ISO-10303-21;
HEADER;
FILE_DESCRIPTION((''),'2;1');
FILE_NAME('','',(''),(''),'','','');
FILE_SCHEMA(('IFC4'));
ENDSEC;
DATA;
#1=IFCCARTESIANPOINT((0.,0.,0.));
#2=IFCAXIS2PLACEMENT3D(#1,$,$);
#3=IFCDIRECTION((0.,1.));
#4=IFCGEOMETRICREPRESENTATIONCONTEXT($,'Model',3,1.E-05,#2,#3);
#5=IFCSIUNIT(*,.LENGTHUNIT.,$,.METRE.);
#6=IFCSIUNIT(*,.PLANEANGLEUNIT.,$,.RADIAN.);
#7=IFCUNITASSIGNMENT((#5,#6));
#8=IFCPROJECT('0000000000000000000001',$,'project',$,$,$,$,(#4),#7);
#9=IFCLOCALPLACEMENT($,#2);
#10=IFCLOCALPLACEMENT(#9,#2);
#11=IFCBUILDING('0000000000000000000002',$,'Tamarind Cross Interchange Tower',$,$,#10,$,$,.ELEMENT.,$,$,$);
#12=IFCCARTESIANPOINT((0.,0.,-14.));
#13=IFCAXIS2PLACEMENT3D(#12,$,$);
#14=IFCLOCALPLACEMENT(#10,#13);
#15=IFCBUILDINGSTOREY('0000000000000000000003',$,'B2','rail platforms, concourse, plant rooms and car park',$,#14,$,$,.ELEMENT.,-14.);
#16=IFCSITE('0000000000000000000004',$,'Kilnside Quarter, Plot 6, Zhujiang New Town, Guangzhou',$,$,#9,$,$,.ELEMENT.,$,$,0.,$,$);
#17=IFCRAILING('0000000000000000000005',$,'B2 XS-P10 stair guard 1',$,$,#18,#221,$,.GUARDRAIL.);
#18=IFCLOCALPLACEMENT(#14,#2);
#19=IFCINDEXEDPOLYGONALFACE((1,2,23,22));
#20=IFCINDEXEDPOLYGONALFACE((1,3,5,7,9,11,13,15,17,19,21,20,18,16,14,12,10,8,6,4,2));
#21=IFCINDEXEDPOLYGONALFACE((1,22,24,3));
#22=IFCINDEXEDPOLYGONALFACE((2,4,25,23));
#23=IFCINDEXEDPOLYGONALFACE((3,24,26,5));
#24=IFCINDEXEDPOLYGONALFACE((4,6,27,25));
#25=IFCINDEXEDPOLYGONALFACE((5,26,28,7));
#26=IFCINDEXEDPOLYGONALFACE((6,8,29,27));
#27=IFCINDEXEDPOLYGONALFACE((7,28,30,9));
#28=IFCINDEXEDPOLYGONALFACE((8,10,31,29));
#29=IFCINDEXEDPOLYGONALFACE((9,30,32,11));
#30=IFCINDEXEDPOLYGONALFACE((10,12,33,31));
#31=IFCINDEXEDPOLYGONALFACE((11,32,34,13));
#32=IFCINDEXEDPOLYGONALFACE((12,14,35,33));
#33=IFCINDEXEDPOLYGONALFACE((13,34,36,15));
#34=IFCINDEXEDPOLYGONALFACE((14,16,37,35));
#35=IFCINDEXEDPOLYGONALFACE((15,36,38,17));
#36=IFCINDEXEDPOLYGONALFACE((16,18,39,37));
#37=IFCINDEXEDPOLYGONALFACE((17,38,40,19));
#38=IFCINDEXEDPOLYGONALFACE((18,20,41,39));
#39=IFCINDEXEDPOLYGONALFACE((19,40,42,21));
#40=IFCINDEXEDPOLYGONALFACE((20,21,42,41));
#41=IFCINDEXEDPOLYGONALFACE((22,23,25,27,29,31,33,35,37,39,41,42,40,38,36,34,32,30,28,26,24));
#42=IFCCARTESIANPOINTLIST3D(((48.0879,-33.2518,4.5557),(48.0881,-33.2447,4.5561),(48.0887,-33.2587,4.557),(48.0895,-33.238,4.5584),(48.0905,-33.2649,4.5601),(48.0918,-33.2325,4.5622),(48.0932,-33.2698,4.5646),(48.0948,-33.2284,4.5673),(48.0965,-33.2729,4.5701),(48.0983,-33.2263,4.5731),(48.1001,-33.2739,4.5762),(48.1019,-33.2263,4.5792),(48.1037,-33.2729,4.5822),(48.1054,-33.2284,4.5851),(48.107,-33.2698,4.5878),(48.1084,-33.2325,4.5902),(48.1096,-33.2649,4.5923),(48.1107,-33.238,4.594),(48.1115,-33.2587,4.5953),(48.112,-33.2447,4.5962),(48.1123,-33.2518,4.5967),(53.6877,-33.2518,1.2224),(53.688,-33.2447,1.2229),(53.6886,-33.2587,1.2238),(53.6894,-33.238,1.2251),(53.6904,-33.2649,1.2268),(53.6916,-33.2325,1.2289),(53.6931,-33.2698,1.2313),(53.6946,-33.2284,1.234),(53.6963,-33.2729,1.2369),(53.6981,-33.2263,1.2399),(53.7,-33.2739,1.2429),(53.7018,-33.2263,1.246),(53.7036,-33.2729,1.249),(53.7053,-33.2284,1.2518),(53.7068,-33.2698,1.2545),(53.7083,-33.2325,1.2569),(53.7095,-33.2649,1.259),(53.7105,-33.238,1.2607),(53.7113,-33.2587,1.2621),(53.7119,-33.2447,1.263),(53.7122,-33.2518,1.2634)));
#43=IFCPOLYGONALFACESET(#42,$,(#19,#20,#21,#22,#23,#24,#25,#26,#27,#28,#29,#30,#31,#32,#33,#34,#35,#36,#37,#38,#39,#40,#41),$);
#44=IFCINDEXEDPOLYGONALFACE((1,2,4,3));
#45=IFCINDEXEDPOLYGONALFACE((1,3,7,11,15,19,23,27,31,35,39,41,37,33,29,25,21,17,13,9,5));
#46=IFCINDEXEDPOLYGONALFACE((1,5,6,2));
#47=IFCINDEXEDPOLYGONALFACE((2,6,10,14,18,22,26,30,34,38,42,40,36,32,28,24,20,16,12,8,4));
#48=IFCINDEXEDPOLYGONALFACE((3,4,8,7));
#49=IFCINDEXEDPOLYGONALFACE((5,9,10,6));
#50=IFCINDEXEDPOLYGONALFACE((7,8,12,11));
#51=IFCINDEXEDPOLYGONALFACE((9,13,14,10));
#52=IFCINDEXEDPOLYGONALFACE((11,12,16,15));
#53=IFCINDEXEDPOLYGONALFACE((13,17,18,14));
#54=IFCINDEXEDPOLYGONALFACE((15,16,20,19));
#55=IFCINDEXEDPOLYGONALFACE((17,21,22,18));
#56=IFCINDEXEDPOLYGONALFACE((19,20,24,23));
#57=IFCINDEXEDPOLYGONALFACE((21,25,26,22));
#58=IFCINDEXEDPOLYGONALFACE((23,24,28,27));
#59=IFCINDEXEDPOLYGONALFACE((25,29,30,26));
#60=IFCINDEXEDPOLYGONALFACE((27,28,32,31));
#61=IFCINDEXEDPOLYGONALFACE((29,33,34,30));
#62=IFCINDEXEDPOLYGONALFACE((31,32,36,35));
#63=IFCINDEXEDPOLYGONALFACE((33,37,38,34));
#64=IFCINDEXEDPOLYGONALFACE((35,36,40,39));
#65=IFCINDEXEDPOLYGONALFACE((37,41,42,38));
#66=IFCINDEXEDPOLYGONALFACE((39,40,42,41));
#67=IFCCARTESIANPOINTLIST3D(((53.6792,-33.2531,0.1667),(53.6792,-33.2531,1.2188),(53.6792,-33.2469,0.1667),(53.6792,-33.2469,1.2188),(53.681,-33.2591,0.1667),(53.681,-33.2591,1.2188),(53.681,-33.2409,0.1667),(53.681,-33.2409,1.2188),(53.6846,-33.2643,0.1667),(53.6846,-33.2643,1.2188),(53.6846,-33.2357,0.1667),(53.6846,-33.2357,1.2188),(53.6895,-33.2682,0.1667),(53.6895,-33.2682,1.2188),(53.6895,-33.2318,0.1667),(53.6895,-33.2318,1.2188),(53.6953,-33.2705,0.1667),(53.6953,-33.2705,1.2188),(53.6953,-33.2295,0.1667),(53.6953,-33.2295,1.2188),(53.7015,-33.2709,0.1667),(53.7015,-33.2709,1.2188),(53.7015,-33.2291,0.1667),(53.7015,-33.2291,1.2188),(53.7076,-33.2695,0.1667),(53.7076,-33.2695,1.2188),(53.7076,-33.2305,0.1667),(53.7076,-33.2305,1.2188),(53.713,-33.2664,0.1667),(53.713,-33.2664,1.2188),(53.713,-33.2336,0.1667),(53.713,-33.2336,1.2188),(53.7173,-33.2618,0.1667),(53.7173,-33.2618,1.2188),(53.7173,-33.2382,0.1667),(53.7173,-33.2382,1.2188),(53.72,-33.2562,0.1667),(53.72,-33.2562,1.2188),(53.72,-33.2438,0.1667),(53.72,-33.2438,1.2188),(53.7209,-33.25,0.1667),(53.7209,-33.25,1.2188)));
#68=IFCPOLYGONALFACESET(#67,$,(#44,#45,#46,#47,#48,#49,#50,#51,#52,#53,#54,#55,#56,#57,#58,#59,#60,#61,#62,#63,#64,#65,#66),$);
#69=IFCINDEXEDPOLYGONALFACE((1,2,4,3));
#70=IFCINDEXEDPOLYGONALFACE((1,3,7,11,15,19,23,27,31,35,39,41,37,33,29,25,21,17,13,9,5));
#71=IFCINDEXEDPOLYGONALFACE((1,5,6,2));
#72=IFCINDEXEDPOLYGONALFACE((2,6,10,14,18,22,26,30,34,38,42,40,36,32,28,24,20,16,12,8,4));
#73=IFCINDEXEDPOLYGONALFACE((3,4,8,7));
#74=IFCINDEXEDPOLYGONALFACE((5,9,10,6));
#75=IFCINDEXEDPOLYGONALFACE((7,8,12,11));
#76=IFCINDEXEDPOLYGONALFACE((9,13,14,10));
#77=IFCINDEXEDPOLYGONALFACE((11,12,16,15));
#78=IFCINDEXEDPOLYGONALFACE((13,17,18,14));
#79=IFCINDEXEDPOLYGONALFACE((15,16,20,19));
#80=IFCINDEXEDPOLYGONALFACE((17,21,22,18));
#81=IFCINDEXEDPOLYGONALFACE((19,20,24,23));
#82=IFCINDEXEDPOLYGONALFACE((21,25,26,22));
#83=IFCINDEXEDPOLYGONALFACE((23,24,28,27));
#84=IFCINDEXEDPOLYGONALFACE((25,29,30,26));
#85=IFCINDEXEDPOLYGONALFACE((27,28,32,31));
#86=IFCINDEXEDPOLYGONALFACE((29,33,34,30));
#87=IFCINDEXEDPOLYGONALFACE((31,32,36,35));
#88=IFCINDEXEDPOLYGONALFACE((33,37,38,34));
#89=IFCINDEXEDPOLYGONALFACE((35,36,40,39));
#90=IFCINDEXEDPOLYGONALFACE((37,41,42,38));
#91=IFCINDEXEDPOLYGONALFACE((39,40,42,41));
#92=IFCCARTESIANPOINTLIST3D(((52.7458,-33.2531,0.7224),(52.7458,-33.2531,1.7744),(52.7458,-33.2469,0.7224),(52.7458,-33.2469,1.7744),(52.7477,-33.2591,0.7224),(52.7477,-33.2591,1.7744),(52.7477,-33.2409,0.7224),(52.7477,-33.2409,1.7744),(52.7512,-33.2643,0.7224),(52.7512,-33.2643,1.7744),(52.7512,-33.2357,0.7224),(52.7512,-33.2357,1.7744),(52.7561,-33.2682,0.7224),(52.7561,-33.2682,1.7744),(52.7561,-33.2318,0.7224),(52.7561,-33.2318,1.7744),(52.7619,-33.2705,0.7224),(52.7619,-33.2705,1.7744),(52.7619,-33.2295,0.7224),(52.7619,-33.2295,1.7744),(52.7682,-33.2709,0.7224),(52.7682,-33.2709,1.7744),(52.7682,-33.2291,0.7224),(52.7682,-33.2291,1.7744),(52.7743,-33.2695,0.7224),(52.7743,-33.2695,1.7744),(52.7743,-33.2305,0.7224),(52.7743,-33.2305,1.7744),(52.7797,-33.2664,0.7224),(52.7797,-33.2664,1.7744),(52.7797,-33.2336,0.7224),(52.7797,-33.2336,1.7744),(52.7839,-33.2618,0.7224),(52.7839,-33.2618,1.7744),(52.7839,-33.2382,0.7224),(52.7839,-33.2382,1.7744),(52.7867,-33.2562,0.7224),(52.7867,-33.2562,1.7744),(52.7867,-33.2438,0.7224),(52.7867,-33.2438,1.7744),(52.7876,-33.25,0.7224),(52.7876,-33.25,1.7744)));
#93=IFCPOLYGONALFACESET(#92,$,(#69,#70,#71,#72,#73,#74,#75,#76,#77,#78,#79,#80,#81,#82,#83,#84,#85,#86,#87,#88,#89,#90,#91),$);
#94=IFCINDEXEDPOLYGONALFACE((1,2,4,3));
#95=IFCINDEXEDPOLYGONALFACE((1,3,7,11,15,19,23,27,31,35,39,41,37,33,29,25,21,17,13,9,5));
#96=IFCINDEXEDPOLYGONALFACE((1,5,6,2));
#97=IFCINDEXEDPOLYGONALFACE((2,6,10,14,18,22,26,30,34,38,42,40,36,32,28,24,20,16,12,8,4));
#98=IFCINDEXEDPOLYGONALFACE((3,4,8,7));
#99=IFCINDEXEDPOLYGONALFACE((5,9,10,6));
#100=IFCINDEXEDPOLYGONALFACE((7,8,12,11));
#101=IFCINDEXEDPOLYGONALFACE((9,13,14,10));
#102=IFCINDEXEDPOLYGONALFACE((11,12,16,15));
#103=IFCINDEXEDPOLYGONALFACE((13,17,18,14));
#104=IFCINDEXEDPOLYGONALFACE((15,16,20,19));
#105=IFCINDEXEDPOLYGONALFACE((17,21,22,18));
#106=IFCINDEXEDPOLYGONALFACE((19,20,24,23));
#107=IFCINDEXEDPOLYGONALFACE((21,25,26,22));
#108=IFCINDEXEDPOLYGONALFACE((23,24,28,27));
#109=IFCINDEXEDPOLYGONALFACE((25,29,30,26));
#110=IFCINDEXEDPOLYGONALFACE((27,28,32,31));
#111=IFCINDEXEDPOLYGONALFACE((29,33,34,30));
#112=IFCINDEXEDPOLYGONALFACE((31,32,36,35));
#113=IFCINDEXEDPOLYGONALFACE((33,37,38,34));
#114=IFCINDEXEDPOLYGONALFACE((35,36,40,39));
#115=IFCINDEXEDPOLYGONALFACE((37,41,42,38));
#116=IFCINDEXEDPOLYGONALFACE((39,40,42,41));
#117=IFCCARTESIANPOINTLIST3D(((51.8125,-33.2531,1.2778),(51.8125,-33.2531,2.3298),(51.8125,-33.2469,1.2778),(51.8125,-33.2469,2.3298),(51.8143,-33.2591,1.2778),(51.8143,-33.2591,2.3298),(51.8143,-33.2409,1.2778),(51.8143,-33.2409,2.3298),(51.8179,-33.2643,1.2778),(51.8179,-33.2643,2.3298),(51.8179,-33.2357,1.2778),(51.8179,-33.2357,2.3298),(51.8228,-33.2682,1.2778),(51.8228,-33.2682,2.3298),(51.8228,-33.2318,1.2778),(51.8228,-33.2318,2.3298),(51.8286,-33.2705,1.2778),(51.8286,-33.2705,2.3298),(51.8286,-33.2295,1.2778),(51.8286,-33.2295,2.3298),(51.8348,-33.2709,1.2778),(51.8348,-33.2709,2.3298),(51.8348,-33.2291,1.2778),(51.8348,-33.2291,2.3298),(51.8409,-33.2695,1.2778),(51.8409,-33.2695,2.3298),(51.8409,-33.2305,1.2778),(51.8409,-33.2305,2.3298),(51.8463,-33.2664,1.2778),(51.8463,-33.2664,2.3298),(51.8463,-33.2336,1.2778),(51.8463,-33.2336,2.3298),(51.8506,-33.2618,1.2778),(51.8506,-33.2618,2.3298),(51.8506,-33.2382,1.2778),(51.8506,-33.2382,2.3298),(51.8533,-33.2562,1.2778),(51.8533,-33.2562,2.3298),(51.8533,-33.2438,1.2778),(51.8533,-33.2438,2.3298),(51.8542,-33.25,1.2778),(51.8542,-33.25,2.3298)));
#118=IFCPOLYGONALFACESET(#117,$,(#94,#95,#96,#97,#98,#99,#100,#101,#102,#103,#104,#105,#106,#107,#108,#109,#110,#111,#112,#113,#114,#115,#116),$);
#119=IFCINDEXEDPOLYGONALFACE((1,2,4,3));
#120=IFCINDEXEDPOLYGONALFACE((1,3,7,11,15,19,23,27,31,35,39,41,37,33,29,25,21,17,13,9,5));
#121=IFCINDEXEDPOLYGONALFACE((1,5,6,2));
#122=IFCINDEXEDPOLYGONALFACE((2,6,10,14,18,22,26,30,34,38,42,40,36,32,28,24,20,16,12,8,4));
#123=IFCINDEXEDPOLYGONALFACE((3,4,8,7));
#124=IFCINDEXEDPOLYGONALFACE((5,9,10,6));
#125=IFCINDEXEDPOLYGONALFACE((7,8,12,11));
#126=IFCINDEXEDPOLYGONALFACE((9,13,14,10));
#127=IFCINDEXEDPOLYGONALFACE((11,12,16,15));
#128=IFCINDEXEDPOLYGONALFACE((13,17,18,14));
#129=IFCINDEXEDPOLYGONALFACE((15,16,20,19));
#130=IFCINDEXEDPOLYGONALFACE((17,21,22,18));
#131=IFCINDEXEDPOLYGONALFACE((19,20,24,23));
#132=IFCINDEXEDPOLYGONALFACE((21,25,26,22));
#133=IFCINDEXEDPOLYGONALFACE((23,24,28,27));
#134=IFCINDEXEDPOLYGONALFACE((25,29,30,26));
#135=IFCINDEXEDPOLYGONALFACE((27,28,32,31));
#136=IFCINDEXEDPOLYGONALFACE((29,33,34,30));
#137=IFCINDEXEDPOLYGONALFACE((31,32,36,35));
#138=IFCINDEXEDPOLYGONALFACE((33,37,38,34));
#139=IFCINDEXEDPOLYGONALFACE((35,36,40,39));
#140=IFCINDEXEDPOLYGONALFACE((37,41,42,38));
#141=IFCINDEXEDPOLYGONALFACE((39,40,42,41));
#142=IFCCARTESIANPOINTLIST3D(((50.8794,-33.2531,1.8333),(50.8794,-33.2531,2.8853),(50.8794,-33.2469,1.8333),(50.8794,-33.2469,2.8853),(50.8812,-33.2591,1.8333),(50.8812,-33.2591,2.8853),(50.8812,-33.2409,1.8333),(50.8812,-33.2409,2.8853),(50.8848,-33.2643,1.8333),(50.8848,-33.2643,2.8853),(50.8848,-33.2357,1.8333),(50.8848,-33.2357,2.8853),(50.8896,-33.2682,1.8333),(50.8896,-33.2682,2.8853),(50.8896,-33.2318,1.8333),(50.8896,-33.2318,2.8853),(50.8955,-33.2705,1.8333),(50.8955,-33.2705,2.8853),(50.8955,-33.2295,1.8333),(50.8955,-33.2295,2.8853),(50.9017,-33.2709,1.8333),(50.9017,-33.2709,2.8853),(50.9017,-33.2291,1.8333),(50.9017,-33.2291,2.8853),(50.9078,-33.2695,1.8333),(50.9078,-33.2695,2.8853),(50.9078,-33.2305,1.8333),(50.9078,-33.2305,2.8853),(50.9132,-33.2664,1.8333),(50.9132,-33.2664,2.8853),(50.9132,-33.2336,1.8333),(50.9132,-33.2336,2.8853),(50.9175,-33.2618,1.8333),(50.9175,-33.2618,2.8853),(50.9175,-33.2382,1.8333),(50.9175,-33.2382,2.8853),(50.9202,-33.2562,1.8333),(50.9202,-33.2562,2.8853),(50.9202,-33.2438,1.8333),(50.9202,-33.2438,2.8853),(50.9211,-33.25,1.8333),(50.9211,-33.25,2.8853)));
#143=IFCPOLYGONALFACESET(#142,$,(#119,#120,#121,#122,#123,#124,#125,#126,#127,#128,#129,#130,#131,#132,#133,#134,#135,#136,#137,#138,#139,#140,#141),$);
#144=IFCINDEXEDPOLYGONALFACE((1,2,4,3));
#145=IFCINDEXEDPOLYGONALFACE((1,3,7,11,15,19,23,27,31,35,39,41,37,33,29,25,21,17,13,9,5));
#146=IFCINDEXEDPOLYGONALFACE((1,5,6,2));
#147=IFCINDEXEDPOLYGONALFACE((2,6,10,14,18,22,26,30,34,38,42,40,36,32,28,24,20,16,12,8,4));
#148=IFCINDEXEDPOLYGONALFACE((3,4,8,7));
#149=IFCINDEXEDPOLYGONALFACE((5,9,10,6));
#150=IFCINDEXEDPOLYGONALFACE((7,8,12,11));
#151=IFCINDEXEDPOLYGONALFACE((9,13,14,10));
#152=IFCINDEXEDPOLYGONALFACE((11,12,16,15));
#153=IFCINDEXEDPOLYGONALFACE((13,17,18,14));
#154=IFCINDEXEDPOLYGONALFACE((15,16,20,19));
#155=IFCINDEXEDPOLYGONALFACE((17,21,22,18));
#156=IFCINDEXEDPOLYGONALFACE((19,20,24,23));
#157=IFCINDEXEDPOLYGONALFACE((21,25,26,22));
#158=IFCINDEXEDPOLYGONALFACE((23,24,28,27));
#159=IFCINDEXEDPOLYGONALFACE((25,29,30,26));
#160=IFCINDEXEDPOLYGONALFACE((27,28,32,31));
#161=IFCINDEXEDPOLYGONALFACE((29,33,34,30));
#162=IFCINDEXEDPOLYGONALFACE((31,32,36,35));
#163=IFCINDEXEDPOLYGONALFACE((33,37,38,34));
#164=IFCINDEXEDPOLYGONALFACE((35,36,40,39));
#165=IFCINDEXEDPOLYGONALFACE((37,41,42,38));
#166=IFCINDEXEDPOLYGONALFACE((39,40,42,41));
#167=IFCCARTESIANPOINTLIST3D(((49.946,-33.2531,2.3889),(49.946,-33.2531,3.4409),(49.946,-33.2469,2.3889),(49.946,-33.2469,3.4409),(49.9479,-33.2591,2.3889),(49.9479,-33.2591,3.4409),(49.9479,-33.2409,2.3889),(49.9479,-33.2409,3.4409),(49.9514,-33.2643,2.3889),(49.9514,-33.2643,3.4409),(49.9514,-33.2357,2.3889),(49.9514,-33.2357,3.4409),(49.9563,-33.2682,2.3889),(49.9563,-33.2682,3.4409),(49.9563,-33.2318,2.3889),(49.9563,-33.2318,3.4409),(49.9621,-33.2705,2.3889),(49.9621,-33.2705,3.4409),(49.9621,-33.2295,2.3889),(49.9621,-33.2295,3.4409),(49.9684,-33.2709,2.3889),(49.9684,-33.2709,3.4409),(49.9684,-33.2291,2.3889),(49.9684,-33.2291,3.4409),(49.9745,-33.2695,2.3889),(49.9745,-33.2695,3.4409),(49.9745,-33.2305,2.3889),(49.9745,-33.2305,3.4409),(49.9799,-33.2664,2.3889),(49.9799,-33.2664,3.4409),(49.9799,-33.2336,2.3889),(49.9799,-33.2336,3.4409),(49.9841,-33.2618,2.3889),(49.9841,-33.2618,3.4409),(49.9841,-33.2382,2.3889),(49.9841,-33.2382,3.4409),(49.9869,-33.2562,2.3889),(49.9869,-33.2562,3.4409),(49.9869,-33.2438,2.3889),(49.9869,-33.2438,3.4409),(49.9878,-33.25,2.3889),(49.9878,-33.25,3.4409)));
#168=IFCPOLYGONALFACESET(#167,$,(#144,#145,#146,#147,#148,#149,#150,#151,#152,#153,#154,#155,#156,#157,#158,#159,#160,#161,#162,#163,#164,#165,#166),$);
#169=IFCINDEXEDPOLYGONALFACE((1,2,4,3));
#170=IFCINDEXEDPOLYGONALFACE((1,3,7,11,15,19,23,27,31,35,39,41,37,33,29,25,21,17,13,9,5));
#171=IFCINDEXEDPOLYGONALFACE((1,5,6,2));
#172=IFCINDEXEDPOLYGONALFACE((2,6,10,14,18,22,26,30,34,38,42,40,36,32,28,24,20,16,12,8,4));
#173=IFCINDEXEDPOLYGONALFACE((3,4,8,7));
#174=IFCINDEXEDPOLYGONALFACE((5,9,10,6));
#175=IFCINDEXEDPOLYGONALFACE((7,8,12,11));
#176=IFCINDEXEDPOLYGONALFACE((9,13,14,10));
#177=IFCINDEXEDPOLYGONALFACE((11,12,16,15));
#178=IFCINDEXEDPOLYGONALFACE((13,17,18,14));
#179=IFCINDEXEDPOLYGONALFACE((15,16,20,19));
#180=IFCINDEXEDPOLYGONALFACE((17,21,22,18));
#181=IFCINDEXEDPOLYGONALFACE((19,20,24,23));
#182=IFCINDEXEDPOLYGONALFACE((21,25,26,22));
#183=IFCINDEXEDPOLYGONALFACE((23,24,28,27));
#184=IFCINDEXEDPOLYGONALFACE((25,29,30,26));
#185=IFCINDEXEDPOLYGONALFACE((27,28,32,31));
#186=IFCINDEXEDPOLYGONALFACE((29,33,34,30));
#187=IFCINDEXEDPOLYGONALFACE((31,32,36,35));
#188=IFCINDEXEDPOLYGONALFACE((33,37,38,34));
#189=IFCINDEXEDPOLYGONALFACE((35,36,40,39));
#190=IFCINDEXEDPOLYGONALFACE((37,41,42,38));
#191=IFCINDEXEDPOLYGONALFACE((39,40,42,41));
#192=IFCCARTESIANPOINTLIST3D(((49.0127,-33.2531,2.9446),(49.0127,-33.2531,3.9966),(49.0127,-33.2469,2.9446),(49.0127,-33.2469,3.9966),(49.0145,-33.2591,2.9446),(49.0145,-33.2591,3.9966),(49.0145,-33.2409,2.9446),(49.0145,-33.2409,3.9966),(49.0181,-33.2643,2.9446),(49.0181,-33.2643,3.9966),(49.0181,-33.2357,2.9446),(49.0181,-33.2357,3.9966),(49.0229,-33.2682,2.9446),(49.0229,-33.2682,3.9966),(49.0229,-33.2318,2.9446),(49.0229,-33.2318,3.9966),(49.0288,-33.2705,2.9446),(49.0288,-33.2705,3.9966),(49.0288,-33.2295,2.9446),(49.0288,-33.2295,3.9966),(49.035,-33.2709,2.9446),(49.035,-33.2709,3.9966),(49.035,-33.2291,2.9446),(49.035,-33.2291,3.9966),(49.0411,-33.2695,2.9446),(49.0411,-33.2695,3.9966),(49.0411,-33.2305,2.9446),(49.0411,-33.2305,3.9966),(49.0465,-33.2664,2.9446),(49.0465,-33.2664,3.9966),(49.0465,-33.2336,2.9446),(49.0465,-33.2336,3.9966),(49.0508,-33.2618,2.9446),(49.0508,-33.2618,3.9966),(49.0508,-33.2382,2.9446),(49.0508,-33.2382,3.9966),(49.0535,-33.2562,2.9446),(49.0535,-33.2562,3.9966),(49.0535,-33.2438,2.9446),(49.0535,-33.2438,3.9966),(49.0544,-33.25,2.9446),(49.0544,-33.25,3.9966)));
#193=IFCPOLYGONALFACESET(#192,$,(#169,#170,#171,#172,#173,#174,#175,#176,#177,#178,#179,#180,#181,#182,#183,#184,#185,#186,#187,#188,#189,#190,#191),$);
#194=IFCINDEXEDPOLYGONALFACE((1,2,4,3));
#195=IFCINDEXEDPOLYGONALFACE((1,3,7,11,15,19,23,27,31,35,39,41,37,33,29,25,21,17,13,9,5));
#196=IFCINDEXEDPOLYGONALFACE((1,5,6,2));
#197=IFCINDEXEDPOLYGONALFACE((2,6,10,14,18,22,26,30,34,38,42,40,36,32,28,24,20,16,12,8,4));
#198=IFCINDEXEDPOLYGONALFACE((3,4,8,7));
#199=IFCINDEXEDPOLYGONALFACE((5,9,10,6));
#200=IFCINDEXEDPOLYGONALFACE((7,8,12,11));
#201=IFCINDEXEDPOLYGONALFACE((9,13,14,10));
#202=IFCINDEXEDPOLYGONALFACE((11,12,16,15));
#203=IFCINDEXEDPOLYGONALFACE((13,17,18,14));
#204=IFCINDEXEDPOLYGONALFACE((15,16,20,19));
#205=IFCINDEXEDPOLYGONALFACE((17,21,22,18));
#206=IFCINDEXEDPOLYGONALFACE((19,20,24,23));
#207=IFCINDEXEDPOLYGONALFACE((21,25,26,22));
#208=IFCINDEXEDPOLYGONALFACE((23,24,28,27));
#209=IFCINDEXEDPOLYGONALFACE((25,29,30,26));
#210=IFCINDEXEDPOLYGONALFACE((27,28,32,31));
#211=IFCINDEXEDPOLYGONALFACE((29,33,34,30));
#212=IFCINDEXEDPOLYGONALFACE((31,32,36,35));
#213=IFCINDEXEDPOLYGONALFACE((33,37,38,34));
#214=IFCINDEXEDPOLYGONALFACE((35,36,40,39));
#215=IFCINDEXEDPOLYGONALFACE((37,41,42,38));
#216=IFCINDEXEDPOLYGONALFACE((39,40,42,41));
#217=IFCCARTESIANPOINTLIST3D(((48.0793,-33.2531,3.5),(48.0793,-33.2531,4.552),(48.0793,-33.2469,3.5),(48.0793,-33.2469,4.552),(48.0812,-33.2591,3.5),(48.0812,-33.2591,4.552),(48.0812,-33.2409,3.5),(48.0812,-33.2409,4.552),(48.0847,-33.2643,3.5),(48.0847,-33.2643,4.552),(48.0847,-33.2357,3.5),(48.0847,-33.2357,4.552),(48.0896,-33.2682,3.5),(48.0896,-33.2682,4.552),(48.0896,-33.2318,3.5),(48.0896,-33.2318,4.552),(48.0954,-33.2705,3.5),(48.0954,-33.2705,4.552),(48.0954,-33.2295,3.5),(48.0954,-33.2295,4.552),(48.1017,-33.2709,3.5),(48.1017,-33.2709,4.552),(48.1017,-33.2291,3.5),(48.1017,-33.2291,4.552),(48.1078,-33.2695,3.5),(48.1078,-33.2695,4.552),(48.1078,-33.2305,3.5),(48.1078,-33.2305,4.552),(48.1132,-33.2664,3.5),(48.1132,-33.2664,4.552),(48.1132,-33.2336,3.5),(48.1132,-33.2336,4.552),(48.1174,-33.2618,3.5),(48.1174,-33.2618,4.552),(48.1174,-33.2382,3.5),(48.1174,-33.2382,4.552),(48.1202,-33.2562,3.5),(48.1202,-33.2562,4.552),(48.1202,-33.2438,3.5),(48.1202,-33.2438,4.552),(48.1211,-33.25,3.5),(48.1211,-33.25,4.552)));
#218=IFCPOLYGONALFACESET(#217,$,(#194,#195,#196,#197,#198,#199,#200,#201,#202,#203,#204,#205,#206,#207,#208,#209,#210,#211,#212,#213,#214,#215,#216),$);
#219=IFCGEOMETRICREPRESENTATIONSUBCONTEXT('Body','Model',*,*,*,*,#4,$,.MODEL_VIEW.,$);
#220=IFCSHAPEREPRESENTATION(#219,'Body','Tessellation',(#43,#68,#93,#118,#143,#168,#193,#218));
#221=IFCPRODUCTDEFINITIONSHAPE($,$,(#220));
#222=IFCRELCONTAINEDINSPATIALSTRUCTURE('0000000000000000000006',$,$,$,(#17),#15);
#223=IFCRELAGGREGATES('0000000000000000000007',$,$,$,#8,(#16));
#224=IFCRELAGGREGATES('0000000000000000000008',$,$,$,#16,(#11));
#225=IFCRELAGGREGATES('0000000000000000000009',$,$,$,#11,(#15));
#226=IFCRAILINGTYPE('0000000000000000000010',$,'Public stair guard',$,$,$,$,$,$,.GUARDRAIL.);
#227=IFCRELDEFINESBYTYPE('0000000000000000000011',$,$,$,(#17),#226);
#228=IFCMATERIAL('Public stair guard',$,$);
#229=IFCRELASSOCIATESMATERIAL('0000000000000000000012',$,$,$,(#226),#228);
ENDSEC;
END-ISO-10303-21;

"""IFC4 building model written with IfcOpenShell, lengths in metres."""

from ifc_helpers import new_model, si_unit, direction, frame, origin, origin_2d, place, context, subcontext, project, spatial, circle, extrude, material, type_object, element, save


model = new_model("IFC4")

# Units and contexts
model_context = context("Model", 3, precision=1e-05, world=origin(), true_north=direction((0.0, 1.0)))
body_context = subcontext(model_context, "Body", "Model", "MODEL_VIEW")
ifc_project = project(units=[si_unit("LENGTHUNIT", "METRE"), si_unit("PLANEANGLEUNIT", "RADIAN")], contexts=[model_context])

# Site, building, storey
site_placement = place(None, origin())
site = spatial("IfcSite", under=ifc_project, at=site_placement, Name="Kilnside Quarter, Plot 6, Zhujiang New Town, Guangzhou", CompositionType="ELEMENT", RefElevation=0.0)
building_placement = place(site_placement, origin())
building = spatial("IfcBuilding", under=site, at=building_placement, Name="Tamarind Cross Interchange Tower", CompositionType="ELEMENT")
storey_placement = place(building_placement, frame((0.0, 0.0, -14.0)))
storey = spatial("IfcBuildingStorey", under=building, at=storey_placement, Name="B2", Description="rail platforms, concourse, plant rooms and car park", CompositionType="ELEMENT", Elevation=-14.0)

# Railing
ifc_material_1 = material(Name="Public stair guard")
railing_type_1 = type_object("IfcRailingType", Name="Public stair guard", PredefinedType="GUARDRAIL", material=ifc_material_1)
railing_1_placement = place(storey_placement, frame((53.7, -33.25, 0.1667)))
element("IfcRailing", 1, at=railing_1_placement, inside=storey, type_object=railing_type_1, Name="B2 XS-P10 stair guard 1", PredefinedType="GUARDRAIL", context=body_context, shape_type="SweptSolid", body=[
    extrude(circle(Radius=0.0239, at=origin_2d()), frame((0.0, 0.0, 1.0762), z_axis=(-0.859292, 0.0, 0.511485), x_axis=(0.0, -1.0, 0.0)), (0.0, 0.0, 1.0), 6.5168),
    extrude(circle(Radius=0.021, at=origin_2d()), origin(), (0.0, 0.0, 1.0), 1.052),
    extrude(circle(Radius=0.021, at=origin_2d()), frame((-0.9333, 0.0, 0.5557)), (0.0, 0.0, 1.0), 1.052),
    extrude(circle(Radius=0.021, at=origin_2d()), frame((-1.8667, 0.0, 1.1111)), (0.0, 0.0, 1.0), 1.052),
    extrude(circle(Radius=0.021, at=origin_2d()), frame((-2.7998, 0.0, 1.6665)), (0.0, 0.0, 1.0), 1.052),
    extrude(circle(Radius=0.021, at=origin_2d()), frame((-3.7332, 0.0, 2.2222)), (0.0, 0.0, 1.0), 1.052),
    extrude(circle(Radius=0.021, at=origin_2d()), frame((-4.6665, 0.0, 2.7778)), (0.0, 0.0, 1.0), 1.052),
    extrude(circle(Radius=0.021, at=origin_2d()), frame((-5.5999, 0.0, 3.3333)), (0.0, 0.0, 1.0), 1.052),
])

save(model, "model.ifc")
